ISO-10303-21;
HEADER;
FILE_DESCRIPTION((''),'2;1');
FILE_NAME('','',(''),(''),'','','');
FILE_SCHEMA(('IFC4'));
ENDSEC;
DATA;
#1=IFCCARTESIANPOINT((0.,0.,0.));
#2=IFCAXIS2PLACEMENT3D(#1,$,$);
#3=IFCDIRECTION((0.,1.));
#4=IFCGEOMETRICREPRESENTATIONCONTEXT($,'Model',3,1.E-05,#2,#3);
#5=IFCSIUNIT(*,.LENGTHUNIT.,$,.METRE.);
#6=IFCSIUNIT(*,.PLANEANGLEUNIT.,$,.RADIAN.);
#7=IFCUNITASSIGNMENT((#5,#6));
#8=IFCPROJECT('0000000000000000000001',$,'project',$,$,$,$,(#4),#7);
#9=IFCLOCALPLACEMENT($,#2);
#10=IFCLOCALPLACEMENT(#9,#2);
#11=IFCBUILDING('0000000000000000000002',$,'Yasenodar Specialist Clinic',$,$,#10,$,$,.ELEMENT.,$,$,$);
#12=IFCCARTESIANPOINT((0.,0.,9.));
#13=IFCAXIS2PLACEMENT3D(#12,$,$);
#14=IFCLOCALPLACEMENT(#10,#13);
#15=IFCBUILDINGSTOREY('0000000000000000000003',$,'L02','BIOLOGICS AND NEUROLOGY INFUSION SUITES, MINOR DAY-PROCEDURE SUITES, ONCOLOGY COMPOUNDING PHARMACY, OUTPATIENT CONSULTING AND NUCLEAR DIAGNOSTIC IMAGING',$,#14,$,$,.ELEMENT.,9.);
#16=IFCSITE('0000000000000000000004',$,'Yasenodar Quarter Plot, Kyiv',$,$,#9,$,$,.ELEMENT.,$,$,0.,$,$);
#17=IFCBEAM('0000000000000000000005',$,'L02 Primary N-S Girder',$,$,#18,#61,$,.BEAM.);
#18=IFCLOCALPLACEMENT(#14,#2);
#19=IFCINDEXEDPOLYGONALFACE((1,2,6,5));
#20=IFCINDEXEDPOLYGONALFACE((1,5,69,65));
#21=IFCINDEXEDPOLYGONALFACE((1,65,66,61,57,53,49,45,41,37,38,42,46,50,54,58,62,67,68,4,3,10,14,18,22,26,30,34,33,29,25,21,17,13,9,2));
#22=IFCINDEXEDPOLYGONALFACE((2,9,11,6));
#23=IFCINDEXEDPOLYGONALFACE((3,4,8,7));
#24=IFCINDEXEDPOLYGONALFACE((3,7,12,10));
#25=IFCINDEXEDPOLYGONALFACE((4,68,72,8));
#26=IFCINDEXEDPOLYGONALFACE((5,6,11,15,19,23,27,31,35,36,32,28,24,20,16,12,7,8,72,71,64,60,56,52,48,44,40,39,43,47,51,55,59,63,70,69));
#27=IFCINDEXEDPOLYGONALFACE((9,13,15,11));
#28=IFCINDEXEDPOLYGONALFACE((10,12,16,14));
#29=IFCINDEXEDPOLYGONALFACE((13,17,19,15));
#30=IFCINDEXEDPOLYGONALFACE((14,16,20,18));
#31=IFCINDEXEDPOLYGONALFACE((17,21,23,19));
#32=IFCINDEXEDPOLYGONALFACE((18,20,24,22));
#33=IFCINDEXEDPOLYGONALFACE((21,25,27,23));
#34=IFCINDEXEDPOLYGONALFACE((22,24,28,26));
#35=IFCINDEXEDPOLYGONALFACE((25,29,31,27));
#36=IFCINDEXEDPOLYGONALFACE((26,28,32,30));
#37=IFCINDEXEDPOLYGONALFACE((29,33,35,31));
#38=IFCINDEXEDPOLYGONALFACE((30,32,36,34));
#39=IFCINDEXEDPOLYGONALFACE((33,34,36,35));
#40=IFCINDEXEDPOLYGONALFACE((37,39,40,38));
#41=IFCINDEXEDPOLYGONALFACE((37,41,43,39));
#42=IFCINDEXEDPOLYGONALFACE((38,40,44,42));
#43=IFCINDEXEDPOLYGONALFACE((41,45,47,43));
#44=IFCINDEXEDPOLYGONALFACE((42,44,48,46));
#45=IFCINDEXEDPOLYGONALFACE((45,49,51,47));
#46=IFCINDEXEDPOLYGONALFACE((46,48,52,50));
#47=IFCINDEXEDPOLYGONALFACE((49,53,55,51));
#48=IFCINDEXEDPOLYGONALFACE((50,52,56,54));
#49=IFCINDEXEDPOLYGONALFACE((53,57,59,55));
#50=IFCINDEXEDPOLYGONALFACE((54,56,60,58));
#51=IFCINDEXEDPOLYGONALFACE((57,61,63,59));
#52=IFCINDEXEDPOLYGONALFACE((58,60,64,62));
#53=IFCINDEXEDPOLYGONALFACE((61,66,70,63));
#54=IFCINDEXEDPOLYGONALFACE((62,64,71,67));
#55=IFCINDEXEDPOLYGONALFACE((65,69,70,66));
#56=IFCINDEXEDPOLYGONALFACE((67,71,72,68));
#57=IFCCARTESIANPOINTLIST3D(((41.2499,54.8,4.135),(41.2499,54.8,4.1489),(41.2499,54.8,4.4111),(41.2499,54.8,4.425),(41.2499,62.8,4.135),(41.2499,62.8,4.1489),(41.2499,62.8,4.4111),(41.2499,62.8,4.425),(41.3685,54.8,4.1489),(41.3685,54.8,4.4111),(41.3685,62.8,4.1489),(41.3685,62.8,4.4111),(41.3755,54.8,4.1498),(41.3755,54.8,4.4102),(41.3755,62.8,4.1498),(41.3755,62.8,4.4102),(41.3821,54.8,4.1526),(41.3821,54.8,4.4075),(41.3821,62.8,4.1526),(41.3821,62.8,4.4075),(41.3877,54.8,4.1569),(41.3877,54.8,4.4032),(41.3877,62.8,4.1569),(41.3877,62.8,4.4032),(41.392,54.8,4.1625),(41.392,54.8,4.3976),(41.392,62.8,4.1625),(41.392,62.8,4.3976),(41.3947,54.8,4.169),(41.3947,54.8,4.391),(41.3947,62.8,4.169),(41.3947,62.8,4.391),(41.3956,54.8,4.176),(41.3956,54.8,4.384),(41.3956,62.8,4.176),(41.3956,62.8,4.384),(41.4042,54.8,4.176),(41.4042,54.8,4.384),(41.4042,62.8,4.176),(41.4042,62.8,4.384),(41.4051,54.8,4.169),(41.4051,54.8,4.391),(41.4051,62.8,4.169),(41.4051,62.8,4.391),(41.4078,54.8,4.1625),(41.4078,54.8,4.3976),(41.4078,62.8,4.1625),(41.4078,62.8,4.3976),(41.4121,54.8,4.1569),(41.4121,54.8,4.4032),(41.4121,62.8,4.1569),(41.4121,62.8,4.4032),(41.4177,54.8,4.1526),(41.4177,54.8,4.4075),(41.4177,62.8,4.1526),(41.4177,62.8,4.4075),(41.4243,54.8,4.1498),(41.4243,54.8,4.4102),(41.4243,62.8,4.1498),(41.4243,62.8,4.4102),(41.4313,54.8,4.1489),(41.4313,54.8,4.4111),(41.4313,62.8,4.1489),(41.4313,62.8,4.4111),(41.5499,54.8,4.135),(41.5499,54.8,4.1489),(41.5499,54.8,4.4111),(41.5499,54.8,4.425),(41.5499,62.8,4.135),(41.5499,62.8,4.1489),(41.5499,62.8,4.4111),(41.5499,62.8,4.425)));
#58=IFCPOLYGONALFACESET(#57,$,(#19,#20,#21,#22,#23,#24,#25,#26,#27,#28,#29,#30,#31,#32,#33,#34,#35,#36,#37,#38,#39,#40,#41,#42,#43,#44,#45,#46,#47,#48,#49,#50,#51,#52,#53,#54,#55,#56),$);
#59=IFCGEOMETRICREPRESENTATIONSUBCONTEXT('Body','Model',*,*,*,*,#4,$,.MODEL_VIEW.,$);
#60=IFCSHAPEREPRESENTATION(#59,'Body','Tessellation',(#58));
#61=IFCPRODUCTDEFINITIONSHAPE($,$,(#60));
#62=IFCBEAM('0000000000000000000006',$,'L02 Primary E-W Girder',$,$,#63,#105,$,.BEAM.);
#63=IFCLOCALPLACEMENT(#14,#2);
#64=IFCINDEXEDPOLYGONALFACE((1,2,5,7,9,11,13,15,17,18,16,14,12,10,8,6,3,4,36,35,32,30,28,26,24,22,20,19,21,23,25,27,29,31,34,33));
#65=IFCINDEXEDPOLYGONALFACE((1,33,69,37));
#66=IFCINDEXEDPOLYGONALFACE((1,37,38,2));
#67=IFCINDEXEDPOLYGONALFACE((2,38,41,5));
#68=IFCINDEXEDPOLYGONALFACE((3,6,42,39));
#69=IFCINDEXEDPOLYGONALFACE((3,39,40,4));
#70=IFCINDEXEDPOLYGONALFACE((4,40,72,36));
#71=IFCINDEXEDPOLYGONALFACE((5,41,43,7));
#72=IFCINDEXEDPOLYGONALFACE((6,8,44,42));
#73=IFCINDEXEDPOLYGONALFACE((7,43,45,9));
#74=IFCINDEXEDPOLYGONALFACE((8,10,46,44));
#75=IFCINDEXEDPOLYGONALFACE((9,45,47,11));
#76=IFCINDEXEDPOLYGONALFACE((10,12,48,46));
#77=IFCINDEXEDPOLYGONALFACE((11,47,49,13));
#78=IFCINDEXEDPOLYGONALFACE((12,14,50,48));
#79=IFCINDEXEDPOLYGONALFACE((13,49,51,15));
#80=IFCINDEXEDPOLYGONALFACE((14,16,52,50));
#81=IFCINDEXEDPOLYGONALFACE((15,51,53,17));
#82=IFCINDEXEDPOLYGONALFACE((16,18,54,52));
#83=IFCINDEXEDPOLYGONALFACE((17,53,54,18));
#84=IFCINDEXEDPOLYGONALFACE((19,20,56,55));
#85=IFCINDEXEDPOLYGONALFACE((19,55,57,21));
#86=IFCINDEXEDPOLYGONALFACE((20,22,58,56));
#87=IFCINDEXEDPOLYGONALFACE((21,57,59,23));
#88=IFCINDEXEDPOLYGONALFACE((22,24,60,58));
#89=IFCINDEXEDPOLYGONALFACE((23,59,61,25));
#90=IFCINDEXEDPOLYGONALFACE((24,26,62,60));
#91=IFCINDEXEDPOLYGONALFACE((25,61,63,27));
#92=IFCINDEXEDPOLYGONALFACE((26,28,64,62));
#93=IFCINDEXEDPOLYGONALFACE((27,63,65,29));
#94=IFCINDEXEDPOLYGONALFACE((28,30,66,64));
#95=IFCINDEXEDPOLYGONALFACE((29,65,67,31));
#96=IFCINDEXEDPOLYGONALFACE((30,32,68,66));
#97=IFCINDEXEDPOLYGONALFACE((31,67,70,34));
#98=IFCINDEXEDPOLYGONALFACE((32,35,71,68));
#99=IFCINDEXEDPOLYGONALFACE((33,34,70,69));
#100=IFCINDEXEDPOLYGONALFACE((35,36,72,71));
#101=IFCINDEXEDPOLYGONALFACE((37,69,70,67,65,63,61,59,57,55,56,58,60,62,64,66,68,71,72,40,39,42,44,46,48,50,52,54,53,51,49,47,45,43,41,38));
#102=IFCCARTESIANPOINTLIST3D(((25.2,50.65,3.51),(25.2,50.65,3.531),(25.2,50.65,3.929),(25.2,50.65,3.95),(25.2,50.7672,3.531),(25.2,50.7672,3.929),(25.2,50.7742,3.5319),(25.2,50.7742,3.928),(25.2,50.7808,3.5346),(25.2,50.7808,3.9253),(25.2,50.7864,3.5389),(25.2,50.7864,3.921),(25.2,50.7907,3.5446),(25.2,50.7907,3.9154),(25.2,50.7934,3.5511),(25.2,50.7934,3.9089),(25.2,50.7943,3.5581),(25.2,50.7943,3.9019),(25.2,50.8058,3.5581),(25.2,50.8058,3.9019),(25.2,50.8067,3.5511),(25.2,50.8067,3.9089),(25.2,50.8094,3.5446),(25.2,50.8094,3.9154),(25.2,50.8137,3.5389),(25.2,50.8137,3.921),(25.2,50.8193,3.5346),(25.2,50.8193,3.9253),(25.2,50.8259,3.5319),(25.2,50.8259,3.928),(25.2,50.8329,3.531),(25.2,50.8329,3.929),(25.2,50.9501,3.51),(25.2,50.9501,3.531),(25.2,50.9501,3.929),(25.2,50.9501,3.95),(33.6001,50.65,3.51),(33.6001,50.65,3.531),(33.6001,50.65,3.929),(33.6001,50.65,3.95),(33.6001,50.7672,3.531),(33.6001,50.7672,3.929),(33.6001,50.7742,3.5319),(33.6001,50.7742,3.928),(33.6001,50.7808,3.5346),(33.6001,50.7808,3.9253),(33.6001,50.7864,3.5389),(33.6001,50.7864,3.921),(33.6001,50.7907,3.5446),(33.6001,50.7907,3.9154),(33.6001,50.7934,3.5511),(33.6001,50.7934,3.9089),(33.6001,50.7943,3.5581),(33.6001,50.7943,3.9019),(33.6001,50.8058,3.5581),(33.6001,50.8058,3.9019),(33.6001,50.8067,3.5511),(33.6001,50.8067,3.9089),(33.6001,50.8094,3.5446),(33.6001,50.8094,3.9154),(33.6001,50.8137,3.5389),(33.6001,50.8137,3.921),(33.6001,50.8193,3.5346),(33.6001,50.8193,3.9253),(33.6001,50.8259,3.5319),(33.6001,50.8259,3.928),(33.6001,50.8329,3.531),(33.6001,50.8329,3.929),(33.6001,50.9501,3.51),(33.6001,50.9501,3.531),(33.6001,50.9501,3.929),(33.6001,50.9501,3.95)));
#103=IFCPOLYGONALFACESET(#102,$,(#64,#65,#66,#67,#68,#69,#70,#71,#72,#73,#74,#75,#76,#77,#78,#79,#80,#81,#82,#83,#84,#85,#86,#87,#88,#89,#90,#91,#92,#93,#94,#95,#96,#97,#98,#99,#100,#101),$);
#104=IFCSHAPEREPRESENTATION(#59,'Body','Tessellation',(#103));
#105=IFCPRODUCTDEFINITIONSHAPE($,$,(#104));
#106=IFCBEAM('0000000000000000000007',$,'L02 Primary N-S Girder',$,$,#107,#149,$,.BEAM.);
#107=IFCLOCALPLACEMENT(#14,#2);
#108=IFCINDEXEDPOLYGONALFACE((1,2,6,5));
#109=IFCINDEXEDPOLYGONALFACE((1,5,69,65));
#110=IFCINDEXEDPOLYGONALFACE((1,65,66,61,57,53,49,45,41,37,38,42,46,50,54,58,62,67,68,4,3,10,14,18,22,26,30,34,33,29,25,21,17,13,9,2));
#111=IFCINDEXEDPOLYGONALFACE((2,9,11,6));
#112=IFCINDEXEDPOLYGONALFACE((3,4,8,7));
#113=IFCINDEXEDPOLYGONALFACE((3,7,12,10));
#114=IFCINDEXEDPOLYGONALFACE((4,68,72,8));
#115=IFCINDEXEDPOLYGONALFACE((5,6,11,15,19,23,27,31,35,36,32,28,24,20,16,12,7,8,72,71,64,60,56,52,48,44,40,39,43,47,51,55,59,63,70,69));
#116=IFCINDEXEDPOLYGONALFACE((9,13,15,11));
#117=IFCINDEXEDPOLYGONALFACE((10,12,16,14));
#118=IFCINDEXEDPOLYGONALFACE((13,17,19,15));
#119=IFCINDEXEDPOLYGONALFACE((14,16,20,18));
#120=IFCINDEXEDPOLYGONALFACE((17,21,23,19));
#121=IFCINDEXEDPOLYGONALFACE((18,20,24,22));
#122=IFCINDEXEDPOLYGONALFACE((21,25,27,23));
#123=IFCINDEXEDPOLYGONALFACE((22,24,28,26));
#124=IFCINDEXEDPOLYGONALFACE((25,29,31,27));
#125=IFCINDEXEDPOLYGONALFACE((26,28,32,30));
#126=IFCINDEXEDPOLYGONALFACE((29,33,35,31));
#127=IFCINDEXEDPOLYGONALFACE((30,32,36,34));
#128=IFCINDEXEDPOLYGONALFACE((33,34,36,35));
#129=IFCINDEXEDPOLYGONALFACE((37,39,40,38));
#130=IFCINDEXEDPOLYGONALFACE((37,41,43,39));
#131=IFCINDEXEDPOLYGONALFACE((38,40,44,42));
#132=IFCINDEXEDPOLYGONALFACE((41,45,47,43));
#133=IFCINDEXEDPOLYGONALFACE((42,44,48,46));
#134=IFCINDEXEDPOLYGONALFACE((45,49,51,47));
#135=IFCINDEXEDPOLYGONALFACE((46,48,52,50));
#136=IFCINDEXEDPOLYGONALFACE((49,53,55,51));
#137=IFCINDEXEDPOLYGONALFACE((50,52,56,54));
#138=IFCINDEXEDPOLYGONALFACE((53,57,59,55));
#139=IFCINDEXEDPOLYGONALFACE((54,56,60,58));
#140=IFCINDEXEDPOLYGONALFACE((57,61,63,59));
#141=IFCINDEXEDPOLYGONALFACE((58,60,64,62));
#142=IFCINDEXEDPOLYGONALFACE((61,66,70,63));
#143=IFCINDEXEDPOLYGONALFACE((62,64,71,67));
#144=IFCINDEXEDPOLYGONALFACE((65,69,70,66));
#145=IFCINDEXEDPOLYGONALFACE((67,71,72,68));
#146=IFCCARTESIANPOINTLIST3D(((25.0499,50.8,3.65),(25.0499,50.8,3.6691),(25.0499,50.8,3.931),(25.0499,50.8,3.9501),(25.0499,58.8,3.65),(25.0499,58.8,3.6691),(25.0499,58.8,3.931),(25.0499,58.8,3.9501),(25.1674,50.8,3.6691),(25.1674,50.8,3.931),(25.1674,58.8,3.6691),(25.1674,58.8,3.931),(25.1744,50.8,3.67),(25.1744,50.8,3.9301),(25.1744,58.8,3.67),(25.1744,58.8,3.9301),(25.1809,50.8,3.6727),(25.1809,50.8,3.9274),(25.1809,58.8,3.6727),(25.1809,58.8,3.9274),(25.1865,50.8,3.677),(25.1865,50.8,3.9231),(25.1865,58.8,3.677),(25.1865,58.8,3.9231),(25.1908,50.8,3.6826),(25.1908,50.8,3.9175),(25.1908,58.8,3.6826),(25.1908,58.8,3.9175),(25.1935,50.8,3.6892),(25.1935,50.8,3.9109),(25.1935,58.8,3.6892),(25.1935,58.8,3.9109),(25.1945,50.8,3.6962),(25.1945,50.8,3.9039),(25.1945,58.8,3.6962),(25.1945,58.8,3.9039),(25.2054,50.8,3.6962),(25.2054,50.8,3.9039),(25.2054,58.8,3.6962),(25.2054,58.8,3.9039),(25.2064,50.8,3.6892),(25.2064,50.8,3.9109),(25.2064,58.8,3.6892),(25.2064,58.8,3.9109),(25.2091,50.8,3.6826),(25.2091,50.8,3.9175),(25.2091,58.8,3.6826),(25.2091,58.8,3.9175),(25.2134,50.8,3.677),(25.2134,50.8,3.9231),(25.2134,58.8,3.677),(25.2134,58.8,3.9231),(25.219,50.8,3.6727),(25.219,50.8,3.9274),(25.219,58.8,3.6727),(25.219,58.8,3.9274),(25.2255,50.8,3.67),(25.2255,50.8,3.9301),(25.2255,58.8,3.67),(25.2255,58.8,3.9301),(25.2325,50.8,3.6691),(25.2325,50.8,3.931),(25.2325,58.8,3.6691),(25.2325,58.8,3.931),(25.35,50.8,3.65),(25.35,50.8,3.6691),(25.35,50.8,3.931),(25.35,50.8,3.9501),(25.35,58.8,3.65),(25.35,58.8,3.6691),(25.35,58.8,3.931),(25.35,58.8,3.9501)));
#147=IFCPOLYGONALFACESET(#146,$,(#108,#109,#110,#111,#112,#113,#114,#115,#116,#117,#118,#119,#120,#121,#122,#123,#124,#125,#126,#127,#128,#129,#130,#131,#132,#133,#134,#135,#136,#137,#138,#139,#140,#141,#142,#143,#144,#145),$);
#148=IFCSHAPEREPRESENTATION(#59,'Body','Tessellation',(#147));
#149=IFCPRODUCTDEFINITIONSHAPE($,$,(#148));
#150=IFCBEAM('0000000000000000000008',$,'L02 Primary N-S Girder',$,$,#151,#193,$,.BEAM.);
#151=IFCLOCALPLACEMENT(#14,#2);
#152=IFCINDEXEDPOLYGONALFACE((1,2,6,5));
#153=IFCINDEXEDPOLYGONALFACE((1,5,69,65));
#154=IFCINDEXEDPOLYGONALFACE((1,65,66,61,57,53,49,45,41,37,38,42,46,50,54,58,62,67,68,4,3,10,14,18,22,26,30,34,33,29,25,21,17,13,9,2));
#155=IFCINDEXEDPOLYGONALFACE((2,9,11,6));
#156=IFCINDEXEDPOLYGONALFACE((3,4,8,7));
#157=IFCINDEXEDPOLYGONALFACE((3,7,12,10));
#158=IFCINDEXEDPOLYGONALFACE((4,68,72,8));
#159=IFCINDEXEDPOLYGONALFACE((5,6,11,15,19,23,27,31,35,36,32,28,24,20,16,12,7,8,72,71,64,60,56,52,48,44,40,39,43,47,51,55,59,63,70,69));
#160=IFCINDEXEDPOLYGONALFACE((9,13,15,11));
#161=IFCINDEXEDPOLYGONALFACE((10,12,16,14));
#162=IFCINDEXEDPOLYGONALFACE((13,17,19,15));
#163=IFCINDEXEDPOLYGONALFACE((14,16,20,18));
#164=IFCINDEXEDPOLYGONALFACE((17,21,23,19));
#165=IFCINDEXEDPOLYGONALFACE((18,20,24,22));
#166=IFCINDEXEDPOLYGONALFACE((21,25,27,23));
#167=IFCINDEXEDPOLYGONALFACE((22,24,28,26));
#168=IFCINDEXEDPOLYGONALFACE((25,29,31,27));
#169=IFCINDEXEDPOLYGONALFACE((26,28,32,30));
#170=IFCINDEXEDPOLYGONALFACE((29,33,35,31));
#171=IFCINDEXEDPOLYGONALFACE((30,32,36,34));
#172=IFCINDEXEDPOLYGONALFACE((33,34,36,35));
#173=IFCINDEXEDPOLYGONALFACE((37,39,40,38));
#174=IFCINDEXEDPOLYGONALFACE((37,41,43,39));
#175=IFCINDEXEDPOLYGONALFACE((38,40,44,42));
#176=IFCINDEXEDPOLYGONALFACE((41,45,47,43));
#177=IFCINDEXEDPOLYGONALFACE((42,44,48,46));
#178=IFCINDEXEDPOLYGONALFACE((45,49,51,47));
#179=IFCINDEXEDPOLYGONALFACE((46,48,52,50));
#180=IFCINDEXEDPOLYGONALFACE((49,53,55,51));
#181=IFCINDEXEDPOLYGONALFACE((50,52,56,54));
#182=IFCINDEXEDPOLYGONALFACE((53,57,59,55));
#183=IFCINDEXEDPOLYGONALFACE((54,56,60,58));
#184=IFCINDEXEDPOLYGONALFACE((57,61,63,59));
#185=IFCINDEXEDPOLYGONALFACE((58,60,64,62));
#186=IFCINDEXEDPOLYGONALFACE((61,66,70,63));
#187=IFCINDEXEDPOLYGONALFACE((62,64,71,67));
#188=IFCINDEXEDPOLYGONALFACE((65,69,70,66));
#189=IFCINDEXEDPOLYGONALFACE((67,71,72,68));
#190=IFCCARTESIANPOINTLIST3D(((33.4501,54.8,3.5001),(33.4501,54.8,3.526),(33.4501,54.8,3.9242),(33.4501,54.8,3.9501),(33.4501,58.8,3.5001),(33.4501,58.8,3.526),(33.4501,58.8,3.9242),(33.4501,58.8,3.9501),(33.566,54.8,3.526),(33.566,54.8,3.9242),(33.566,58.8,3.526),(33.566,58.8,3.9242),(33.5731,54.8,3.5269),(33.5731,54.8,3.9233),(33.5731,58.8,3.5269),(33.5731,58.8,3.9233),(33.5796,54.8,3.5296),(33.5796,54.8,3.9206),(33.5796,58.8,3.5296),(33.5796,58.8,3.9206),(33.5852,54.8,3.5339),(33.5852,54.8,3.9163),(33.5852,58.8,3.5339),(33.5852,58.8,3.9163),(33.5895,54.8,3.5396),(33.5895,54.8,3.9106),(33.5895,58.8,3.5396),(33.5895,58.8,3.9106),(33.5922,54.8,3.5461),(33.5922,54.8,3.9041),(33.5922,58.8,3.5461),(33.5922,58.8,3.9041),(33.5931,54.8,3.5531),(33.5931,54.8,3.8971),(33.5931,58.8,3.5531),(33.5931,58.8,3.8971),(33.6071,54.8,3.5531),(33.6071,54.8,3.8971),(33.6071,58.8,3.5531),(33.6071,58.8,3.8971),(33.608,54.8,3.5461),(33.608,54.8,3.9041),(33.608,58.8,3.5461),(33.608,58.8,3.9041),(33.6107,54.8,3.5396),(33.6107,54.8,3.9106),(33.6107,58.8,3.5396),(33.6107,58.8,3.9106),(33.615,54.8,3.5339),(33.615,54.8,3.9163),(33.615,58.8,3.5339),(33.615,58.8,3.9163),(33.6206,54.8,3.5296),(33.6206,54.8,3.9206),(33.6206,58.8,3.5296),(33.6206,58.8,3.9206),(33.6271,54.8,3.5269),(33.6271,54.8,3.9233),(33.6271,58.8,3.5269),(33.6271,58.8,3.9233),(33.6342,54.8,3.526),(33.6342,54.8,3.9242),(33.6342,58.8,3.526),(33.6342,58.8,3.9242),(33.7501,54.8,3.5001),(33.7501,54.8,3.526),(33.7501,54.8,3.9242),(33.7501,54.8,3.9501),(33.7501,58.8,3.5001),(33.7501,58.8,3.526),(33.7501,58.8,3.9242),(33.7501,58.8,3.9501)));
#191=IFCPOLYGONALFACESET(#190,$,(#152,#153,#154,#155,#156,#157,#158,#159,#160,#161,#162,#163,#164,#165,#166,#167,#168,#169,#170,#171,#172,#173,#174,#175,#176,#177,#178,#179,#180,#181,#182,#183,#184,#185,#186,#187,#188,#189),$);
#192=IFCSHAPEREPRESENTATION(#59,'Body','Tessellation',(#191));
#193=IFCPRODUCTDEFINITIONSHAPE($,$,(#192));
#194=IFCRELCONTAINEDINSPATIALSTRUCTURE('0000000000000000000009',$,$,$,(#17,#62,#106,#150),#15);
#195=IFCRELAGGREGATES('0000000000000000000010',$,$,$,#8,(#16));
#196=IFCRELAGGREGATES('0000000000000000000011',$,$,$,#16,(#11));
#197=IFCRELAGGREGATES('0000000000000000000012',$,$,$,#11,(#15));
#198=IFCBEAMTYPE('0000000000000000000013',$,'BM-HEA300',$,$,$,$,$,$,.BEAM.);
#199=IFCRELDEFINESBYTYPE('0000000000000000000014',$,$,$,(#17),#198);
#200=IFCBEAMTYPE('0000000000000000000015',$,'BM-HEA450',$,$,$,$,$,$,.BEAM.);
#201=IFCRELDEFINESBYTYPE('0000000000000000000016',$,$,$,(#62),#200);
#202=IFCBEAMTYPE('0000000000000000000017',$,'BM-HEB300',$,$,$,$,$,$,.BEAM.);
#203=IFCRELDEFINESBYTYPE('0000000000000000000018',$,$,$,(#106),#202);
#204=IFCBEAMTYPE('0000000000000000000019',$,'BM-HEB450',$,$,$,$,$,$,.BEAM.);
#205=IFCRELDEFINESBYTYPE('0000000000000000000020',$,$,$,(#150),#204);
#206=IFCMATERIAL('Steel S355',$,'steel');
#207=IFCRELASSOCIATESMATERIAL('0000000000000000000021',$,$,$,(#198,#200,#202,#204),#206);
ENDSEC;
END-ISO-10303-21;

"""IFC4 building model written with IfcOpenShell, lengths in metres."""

from ifc_helpers import new_model, si_unit, direction, frame, origin, origin_2d, place, context, subcontext, project, spatial, i_section, extrude, material, material_profile, profile_set, type_object, element, save


model = new_model("IFC4")

# Units and contexts
model_context = context("Model", 3, precision=1e-05, world=origin(), true_north=direction((0.0, 1.0)))
body_context = subcontext(model_context, "Body", "Model", "MODEL_VIEW")
ifc_project = project(units=[si_unit("LENGTHUNIT", "METRE"), si_unit("PLANEANGLEUNIT", "RADIAN")], contexts=[model_context])

# Site, building, storey
site_placement = place(None, origin())
site = spatial("IfcSite", under=ifc_project, at=site_placement, Name="Yasenodar Quarter Plot, Kyiv", CompositionType="ELEMENT", RefElevation=0.0)
building_placement = place(site_placement, origin())
building = spatial("IfcBuilding", under=site, at=building_placement, Name="Yasenodar Specialist Clinic", CompositionType="ELEMENT")
storey_placement = place(building_placement, frame((0.0, 0.0, 9.0)))
storey = spatial("IfcBuildingStorey", under=building, at=storey_placement, Name="L02", Description="BIOLOGICS AND NEUROLOGY INFUSION SUITES, MINOR DAY-PROCEDURE SUITES, ONCOLOGY COMPOUNDING PHARMACY, OUTPATIENT CONSULTING AND NUCLEAR DIAGNOSTIC IMAGING", CompositionType="ELEMENT", Elevation=9.0)

# Shared definitions
ifc_material_1 = material(Name="Steel S355", Category="steel")

# Beams
ifc_material_profile_1 = material_profile(ifc_material_1, i_section(OverallWidth=0.3, OverallDepth=0.29, WebThickness=0.0085, FlangeThickness=0.0139, FilletRadius=0.0271, at=origin_2d()), Name="HEA 300")
ifc_profile_set_1 = profile_set([ifc_material_profile_1], Name="Steel S355")
beam_type_1 = type_object("IfcBeamType", Name="BM-HEA300", PredefinedType="BEAM", material=ifc_profile_set_1)
beam_1_placement = place(storey_placement, frame((41.3999, 54.8, 4.28), z_axis=(0.0, 1.0, 0.0), x_axis=(-1.0, 0.0, 0.0)))
element("IfcBeam", 1, at=beam_1_placement, inside=storey, type_object=beam_type_1, Name="L02 Primary N-S Girder", PredefinedType="BEAM", context=body_context, shape_type="SweptSolid", body=[
    extrude(i_section(OverallWidth=0.3, OverallDepth=0.29, WebThickness=0.0085, FlangeThickness=0.0139, FilletRadius=0.0271, at=origin_2d()), origin(), (0.0, 0.0, 1.0), 8.0),
])
ifc_material_profile_2 = material_profile(ifc_material_1, i_section(OverallWidth=0.3, OverallDepth=0.4399, WebThickness=0.0115, FlangeThickness=0.021, FilletRadius=0.0271, at=origin_2d()), Name="HEA 450")
ifc_profile_set_2 = profile_set([ifc_material_profile_2], Name="Steel S355")
beam_type_2 = type_object("IfcBeamType", Name="BM-HEA450", PredefinedType="BEAM", material=ifc_profile_set_2)
beam_2_placement = place(storey_placement, frame((25.2, 50.8, 3.73), z_axis=(1.0, 0.0, 0.0), x_axis=(0.0, 1.0, 0.0)))
element("IfcBeam", 2, at=beam_2_placement, inside=storey, type_object=beam_type_2, Name="L02 Primary E-W Girder", PredefinedType="BEAM", context=body_context, shape_type="SweptSolid", body=[
    extrude(i_section(OverallWidth=0.3, OverallDepth=0.4399, WebThickness=0.0115, FlangeThickness=0.021, FilletRadius=0.0271, at=origin_2d()), origin(), (0.0, 0.0, 1.0), 8.4001),
])
ifc_material_profile_3 = material_profile(ifc_material_1, i_section(OverallWidth=0.3, OverallDepth=0.3, WebThickness=0.011, FlangeThickness=0.019, FilletRadius=0.0271, at=origin_2d()), Name="HEB 300")
ifc_profile_set_3 = profile_set([ifc_material_profile_3], Name="Steel S355")
beam_type_3 = type_object("IfcBeamType", Name="BM-HEB300", PredefinedType="BEAM", material=ifc_profile_set_3)
beam_3_placement = place(storey_placement, frame((25.2, 50.8, 3.8), z_axis=(0.0, 1.0, 0.0), x_axis=(-1.0, 0.0, 0.0)))
element("IfcBeam", 3, at=beam_3_placement, inside=storey, type_object=beam_type_3, Name="L02 Primary N-S Girder", PredefinedType="BEAM", context=body_context, shape_type="SweptSolid", body=[
    extrude(i_section(OverallWidth=0.3, OverallDepth=0.3, WebThickness=0.011, FlangeThickness=0.019, FilletRadius=0.0271, at=origin_2d()), origin(), (0.0, 0.0, 1.0), 8.0),
])
ifc_material_profile_4 = material_profile(ifc_material_1, i_section(OverallWidth=0.3, OverallDepth=0.45, WebThickness=0.0139, FlangeThickness=0.0259, FilletRadius=0.0271, at=origin_2d()), Name="HEB 450")
ifc_profile_set_4 = profile_set([ifc_material_profile_4], Name="Steel S355")
beam_type_4 = type_object("IfcBeamType", Name="BM-HEB450", PredefinedType="BEAM", material=ifc_profile_set_4)
beam_4_placement = place(storey_placement, frame((33.6001, 54.8, 3.7251), z_axis=(0.0, 1.0, 0.0), x_axis=(-1.0, 0.0, 0.0)))
element("IfcBeam", 4, at=beam_4_placement, inside=storey, type_object=beam_type_4, Name="L02 Primary N-S Girder", PredefinedType="BEAM", context=body_context, shape_type="SweptSolid", body=[
    extrude(i_section(OverallWidth=0.3, OverallDepth=0.45, WebThickness=0.0139, FlangeThickness=0.0259, FilletRadius=0.0271, at=origin_2d()), origin(), (0.0, 0.0, 1.0), 4.0),
])

save(model, "model.ifc")
